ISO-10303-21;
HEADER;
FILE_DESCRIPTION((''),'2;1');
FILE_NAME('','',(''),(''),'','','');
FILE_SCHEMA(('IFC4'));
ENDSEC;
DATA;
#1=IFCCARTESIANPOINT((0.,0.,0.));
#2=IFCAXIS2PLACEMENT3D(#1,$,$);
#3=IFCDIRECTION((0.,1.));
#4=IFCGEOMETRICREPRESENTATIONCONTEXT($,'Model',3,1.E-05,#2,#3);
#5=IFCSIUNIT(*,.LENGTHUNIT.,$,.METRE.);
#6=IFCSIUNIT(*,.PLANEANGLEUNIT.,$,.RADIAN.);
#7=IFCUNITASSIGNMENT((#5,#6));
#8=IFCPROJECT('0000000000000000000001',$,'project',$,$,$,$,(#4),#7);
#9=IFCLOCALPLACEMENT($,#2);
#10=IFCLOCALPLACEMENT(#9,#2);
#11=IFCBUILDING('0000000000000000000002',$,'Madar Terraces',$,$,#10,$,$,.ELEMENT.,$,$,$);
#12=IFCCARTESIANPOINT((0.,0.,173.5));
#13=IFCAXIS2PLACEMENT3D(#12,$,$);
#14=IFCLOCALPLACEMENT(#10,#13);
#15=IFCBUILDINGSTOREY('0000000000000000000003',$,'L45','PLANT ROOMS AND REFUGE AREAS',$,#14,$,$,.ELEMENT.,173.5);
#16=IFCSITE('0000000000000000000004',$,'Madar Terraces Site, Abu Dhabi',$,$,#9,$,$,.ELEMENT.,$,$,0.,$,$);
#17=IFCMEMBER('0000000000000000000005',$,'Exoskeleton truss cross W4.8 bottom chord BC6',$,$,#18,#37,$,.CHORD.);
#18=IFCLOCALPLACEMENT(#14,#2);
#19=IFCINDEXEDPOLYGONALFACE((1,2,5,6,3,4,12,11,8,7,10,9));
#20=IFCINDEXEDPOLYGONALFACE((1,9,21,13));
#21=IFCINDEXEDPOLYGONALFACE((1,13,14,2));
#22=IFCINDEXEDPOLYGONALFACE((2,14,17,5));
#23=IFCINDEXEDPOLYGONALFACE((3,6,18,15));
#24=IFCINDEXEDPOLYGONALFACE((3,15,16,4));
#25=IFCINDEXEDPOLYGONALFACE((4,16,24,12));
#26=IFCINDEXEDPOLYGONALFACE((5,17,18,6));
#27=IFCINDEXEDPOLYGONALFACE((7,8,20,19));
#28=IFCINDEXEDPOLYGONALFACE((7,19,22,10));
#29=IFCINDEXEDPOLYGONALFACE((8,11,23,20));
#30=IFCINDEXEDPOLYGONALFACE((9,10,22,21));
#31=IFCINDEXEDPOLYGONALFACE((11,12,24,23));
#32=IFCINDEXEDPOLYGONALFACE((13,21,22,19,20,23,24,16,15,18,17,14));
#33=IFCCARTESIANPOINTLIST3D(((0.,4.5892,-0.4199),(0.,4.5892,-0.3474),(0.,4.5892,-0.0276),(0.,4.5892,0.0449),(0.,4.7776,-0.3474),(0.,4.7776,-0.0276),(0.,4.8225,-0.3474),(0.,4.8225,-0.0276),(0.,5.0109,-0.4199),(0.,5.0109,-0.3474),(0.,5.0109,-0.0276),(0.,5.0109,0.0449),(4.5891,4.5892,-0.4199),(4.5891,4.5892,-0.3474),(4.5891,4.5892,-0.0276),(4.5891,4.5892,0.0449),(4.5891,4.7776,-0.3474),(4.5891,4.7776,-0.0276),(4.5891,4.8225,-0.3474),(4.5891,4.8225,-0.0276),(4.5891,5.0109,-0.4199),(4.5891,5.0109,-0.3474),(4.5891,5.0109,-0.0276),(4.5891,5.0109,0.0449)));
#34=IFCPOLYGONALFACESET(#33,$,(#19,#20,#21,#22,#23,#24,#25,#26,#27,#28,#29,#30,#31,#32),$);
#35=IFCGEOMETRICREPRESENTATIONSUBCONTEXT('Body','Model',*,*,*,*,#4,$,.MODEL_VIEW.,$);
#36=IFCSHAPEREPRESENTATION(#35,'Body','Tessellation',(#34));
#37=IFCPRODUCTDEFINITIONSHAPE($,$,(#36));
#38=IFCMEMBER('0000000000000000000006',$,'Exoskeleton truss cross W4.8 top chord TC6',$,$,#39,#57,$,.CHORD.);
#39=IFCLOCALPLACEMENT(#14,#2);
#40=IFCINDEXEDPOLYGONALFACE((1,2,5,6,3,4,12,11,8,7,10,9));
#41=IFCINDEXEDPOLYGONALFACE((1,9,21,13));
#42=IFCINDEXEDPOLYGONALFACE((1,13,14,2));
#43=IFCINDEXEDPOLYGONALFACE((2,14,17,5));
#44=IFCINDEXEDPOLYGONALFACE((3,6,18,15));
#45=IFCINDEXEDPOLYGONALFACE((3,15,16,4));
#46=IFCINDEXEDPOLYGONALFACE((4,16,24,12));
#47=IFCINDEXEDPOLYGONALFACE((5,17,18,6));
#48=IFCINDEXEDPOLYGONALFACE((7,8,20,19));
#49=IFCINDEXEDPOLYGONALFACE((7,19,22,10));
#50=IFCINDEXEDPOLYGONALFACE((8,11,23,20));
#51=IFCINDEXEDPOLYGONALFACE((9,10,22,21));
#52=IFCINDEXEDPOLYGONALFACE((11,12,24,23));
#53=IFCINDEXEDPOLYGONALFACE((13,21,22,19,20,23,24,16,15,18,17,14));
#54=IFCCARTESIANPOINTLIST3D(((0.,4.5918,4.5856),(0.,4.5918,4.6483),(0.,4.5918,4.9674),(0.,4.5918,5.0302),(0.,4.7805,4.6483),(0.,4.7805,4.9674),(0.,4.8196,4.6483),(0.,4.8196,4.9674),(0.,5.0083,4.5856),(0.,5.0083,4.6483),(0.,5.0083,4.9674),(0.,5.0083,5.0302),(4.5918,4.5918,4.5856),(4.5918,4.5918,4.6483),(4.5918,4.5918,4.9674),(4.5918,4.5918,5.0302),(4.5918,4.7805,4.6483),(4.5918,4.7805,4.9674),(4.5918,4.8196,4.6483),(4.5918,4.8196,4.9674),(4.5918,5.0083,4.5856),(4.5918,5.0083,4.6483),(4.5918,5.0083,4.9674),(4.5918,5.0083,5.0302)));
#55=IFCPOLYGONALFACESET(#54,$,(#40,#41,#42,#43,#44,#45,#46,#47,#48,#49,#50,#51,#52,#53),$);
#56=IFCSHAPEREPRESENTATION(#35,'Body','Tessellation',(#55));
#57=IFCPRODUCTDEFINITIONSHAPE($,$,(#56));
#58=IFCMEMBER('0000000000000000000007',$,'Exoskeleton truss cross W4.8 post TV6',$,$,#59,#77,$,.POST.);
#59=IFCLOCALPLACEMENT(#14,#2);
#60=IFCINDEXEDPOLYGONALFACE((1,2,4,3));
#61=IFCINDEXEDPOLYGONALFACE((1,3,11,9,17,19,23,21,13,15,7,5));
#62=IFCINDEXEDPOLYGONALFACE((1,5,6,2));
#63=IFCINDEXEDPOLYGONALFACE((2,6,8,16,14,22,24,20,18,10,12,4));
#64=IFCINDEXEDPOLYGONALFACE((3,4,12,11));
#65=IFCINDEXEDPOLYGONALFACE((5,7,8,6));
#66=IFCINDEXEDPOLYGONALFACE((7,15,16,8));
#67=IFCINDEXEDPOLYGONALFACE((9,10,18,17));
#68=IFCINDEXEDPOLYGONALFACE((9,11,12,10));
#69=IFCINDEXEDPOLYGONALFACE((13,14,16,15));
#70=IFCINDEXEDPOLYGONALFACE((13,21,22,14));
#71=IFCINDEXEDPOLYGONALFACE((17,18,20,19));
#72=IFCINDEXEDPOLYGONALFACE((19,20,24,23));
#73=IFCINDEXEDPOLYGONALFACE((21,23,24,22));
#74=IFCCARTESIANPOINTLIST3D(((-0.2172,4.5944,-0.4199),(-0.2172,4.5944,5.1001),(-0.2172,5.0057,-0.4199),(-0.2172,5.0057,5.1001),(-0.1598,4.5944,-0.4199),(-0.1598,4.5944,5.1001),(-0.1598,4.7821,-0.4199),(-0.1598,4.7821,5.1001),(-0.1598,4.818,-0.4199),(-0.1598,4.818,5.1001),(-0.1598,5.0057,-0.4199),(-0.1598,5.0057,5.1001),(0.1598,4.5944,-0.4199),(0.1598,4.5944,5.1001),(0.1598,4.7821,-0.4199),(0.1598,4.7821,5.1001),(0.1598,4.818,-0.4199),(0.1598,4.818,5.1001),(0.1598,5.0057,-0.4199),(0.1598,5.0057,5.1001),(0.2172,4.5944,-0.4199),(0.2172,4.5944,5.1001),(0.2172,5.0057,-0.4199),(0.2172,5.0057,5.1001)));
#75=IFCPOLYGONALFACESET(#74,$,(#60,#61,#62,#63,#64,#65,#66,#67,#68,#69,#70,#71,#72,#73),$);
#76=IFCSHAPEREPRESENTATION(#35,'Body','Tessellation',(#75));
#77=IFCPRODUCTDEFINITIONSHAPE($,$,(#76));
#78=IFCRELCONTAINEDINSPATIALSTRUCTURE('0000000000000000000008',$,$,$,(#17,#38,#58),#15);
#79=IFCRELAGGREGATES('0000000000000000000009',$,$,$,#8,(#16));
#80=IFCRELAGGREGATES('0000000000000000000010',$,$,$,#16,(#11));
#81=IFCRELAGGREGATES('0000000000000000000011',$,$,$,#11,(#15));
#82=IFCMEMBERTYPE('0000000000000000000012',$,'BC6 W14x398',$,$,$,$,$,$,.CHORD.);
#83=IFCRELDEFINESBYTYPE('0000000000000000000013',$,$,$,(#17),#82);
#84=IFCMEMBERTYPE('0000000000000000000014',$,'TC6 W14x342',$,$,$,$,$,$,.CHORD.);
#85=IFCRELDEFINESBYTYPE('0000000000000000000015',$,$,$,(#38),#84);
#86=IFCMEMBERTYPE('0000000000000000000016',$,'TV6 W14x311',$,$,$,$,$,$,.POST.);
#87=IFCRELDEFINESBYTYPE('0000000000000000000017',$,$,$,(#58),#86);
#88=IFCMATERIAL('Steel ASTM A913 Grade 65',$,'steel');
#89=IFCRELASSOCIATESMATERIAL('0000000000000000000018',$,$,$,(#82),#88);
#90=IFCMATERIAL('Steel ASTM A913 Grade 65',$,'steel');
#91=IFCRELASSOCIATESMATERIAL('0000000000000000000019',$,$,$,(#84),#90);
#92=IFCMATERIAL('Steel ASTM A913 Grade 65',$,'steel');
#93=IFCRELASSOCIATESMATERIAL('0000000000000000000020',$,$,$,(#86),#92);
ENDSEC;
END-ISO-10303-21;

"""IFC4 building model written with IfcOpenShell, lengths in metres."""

from ifc_helpers import new_model, si_unit, direction, frame, origin, origin_2d, place, context, subcontext, project, spatial, i_section, extrude, material, material_profile, profile_set, type_object, element, save


model = new_model("IFC4")

# Units and contexts
model_context = context("Model", 3, precision=1e-05, world=origin(), true_north=direction((0.0, 1.0)))
body_context = subcontext(model_context, "Body", "Model", "MODEL_VIEW")
ifc_project = project(units=[si_unit("LENGTHUNIT", "METRE"), si_unit("PLANEANGLEUNIT", "RADIAN")], contexts=[model_context])

# Site, building, storey
site_placement = place(None, origin())
site = spatial("IfcSite", under=ifc_project, at=site_placement, Name="Madar Terraces Site, Abu Dhabi", CompositionType="ELEMENT", RefElevation=0.0)
building_placement = place(site_placement, origin())
building = spatial("IfcBuilding", under=site, at=building_placement, Name="Madar Terraces", CompositionType="ELEMENT")
storey_placement = place(building_placement, frame((0.0, 0.0, 173.5)))
storey = spatial("IfcBuildingStorey", under=building, at=storey_placement, Name="L45", Description="PLANT ROOMS AND REFUGE AREAS", CompositionType="ELEMENT", Elevation=173.5)

# Members
ifc_material_1 = material(Name="Steel ASTM A913 Grade 65", Category="steel")
ifc_material_profile_1 = material_profile(ifc_material_1, i_section(OverallWidth=0.4216, OverallDepth=0.4648, WebThickness=0.0449, FlangeThickness=0.0725, at=origin_2d()), Name="W14x398")
ifc_profile_set_1 = profile_set([ifc_material_profile_1], Name="Steel ASTM A913 Grade 65")
member_type_1 = type_object("IfcMemberType", Name="BC6 W14x398", PredefinedType="CHORD", material=ifc_profile_set_1)
member_1_placement = place(storey_placement, frame((0.0, 4.8, -0.1875), z_axis=(1.0, 0.0, 0.0), x_axis=(0.0, 1.0, 0.0)))
element("IfcMember", 1, at=member_1_placement, inside=storey, type_object=member_type_1, Name="Exoskeleton truss cross W4.8 bottom chord BC6", PredefinedType="CHORD", context=body_context, shape_type="SweptSolid", body=[
    extrude(i_section(OverallWidth=0.4216, OverallDepth=0.4648, WebThickness=0.0449, FlangeThickness=0.0725, at=origin_2d()), origin(), (0.0, 0.0, 1.0), 4.5891),
])
ifc_material_2 = material(Name="Steel ASTM A913 Grade 65", Category="steel")
ifc_material_profile_2 = material_profile(ifc_material_2, i_section(OverallWidth=0.4165, OverallDepth=0.4446, WebThickness=0.0391, FlangeThickness=0.0627, at=origin_2d()), Name="W14x342")
ifc_profile_set_2 = profile_set([ifc_material_profile_2], Name="Steel ASTM A913 Grade 65")
member_type_2 = type_object("IfcMemberType", Name="TC6 W14x342", PredefinedType="CHORD", material=ifc_profile_set_2)
member_2_placement = place(storey_placement, frame((0.0, 4.8, 4.8079), z_axis=(1.0, 0.0, 0.0), x_axis=(0.0, 1.0, 0.0)))
element("IfcMember", 2, at=member_2_placement, inside=storey, type_object=member_type_2, Name="Exoskeleton truss cross W4.8 top chord TC6", PredefinedType="CHORD", context=body_context, shape_type="SweptSolid", body=[
    extrude(i_section(OverallWidth=0.4165, OverallDepth=0.4446, WebThickness=0.0391, FlangeThickness=0.0627, at=origin_2d()), origin(), (0.0, 0.0, 1.0), 4.5918),
])
ifc_material_3 = material(Name="Steel ASTM A913 Grade 65", Category="steel")
ifc_material_profile_3 = material_profile(ifc_material_3, i_section(OverallWidth=0.4114, OverallDepth=0.4343, WebThickness=0.0359, FlangeThickness=0.0574, at=origin_2d()), Name="W14x311")
ifc_profile_set_3 = profile_set([ifc_material_profile_3], Name="Steel ASTM A913 Grade 65")
member_type_3 = type_object("IfcMemberType", Name="TV6 W14x311", PredefinedType="POST", material=ifc_profile_set_3)
member_3_placement = place(storey_placement, frame((0.0, 4.8, -0.4199), z_axis=(0.0, 0.0, 1.0), x_axis=(0.0, 1.0, 0.0)))
element("IfcMember", 3, at=member_3_placement, inside=storey, type_object=member_type_3, Name="Exoskeleton truss cross W4.8 post TV6", PredefinedType="POST", context=body_context, shape_type="SweptSolid", body=[
    extrude(i_section(OverallWidth=0.4114, OverallDepth=0.4343, WebThickness=0.0359, FlangeThickness=0.0574, at=origin_2d()), origin(), (0.0, 0.0, 1.0), 5.52),
])

save(model, "model.ifc")
